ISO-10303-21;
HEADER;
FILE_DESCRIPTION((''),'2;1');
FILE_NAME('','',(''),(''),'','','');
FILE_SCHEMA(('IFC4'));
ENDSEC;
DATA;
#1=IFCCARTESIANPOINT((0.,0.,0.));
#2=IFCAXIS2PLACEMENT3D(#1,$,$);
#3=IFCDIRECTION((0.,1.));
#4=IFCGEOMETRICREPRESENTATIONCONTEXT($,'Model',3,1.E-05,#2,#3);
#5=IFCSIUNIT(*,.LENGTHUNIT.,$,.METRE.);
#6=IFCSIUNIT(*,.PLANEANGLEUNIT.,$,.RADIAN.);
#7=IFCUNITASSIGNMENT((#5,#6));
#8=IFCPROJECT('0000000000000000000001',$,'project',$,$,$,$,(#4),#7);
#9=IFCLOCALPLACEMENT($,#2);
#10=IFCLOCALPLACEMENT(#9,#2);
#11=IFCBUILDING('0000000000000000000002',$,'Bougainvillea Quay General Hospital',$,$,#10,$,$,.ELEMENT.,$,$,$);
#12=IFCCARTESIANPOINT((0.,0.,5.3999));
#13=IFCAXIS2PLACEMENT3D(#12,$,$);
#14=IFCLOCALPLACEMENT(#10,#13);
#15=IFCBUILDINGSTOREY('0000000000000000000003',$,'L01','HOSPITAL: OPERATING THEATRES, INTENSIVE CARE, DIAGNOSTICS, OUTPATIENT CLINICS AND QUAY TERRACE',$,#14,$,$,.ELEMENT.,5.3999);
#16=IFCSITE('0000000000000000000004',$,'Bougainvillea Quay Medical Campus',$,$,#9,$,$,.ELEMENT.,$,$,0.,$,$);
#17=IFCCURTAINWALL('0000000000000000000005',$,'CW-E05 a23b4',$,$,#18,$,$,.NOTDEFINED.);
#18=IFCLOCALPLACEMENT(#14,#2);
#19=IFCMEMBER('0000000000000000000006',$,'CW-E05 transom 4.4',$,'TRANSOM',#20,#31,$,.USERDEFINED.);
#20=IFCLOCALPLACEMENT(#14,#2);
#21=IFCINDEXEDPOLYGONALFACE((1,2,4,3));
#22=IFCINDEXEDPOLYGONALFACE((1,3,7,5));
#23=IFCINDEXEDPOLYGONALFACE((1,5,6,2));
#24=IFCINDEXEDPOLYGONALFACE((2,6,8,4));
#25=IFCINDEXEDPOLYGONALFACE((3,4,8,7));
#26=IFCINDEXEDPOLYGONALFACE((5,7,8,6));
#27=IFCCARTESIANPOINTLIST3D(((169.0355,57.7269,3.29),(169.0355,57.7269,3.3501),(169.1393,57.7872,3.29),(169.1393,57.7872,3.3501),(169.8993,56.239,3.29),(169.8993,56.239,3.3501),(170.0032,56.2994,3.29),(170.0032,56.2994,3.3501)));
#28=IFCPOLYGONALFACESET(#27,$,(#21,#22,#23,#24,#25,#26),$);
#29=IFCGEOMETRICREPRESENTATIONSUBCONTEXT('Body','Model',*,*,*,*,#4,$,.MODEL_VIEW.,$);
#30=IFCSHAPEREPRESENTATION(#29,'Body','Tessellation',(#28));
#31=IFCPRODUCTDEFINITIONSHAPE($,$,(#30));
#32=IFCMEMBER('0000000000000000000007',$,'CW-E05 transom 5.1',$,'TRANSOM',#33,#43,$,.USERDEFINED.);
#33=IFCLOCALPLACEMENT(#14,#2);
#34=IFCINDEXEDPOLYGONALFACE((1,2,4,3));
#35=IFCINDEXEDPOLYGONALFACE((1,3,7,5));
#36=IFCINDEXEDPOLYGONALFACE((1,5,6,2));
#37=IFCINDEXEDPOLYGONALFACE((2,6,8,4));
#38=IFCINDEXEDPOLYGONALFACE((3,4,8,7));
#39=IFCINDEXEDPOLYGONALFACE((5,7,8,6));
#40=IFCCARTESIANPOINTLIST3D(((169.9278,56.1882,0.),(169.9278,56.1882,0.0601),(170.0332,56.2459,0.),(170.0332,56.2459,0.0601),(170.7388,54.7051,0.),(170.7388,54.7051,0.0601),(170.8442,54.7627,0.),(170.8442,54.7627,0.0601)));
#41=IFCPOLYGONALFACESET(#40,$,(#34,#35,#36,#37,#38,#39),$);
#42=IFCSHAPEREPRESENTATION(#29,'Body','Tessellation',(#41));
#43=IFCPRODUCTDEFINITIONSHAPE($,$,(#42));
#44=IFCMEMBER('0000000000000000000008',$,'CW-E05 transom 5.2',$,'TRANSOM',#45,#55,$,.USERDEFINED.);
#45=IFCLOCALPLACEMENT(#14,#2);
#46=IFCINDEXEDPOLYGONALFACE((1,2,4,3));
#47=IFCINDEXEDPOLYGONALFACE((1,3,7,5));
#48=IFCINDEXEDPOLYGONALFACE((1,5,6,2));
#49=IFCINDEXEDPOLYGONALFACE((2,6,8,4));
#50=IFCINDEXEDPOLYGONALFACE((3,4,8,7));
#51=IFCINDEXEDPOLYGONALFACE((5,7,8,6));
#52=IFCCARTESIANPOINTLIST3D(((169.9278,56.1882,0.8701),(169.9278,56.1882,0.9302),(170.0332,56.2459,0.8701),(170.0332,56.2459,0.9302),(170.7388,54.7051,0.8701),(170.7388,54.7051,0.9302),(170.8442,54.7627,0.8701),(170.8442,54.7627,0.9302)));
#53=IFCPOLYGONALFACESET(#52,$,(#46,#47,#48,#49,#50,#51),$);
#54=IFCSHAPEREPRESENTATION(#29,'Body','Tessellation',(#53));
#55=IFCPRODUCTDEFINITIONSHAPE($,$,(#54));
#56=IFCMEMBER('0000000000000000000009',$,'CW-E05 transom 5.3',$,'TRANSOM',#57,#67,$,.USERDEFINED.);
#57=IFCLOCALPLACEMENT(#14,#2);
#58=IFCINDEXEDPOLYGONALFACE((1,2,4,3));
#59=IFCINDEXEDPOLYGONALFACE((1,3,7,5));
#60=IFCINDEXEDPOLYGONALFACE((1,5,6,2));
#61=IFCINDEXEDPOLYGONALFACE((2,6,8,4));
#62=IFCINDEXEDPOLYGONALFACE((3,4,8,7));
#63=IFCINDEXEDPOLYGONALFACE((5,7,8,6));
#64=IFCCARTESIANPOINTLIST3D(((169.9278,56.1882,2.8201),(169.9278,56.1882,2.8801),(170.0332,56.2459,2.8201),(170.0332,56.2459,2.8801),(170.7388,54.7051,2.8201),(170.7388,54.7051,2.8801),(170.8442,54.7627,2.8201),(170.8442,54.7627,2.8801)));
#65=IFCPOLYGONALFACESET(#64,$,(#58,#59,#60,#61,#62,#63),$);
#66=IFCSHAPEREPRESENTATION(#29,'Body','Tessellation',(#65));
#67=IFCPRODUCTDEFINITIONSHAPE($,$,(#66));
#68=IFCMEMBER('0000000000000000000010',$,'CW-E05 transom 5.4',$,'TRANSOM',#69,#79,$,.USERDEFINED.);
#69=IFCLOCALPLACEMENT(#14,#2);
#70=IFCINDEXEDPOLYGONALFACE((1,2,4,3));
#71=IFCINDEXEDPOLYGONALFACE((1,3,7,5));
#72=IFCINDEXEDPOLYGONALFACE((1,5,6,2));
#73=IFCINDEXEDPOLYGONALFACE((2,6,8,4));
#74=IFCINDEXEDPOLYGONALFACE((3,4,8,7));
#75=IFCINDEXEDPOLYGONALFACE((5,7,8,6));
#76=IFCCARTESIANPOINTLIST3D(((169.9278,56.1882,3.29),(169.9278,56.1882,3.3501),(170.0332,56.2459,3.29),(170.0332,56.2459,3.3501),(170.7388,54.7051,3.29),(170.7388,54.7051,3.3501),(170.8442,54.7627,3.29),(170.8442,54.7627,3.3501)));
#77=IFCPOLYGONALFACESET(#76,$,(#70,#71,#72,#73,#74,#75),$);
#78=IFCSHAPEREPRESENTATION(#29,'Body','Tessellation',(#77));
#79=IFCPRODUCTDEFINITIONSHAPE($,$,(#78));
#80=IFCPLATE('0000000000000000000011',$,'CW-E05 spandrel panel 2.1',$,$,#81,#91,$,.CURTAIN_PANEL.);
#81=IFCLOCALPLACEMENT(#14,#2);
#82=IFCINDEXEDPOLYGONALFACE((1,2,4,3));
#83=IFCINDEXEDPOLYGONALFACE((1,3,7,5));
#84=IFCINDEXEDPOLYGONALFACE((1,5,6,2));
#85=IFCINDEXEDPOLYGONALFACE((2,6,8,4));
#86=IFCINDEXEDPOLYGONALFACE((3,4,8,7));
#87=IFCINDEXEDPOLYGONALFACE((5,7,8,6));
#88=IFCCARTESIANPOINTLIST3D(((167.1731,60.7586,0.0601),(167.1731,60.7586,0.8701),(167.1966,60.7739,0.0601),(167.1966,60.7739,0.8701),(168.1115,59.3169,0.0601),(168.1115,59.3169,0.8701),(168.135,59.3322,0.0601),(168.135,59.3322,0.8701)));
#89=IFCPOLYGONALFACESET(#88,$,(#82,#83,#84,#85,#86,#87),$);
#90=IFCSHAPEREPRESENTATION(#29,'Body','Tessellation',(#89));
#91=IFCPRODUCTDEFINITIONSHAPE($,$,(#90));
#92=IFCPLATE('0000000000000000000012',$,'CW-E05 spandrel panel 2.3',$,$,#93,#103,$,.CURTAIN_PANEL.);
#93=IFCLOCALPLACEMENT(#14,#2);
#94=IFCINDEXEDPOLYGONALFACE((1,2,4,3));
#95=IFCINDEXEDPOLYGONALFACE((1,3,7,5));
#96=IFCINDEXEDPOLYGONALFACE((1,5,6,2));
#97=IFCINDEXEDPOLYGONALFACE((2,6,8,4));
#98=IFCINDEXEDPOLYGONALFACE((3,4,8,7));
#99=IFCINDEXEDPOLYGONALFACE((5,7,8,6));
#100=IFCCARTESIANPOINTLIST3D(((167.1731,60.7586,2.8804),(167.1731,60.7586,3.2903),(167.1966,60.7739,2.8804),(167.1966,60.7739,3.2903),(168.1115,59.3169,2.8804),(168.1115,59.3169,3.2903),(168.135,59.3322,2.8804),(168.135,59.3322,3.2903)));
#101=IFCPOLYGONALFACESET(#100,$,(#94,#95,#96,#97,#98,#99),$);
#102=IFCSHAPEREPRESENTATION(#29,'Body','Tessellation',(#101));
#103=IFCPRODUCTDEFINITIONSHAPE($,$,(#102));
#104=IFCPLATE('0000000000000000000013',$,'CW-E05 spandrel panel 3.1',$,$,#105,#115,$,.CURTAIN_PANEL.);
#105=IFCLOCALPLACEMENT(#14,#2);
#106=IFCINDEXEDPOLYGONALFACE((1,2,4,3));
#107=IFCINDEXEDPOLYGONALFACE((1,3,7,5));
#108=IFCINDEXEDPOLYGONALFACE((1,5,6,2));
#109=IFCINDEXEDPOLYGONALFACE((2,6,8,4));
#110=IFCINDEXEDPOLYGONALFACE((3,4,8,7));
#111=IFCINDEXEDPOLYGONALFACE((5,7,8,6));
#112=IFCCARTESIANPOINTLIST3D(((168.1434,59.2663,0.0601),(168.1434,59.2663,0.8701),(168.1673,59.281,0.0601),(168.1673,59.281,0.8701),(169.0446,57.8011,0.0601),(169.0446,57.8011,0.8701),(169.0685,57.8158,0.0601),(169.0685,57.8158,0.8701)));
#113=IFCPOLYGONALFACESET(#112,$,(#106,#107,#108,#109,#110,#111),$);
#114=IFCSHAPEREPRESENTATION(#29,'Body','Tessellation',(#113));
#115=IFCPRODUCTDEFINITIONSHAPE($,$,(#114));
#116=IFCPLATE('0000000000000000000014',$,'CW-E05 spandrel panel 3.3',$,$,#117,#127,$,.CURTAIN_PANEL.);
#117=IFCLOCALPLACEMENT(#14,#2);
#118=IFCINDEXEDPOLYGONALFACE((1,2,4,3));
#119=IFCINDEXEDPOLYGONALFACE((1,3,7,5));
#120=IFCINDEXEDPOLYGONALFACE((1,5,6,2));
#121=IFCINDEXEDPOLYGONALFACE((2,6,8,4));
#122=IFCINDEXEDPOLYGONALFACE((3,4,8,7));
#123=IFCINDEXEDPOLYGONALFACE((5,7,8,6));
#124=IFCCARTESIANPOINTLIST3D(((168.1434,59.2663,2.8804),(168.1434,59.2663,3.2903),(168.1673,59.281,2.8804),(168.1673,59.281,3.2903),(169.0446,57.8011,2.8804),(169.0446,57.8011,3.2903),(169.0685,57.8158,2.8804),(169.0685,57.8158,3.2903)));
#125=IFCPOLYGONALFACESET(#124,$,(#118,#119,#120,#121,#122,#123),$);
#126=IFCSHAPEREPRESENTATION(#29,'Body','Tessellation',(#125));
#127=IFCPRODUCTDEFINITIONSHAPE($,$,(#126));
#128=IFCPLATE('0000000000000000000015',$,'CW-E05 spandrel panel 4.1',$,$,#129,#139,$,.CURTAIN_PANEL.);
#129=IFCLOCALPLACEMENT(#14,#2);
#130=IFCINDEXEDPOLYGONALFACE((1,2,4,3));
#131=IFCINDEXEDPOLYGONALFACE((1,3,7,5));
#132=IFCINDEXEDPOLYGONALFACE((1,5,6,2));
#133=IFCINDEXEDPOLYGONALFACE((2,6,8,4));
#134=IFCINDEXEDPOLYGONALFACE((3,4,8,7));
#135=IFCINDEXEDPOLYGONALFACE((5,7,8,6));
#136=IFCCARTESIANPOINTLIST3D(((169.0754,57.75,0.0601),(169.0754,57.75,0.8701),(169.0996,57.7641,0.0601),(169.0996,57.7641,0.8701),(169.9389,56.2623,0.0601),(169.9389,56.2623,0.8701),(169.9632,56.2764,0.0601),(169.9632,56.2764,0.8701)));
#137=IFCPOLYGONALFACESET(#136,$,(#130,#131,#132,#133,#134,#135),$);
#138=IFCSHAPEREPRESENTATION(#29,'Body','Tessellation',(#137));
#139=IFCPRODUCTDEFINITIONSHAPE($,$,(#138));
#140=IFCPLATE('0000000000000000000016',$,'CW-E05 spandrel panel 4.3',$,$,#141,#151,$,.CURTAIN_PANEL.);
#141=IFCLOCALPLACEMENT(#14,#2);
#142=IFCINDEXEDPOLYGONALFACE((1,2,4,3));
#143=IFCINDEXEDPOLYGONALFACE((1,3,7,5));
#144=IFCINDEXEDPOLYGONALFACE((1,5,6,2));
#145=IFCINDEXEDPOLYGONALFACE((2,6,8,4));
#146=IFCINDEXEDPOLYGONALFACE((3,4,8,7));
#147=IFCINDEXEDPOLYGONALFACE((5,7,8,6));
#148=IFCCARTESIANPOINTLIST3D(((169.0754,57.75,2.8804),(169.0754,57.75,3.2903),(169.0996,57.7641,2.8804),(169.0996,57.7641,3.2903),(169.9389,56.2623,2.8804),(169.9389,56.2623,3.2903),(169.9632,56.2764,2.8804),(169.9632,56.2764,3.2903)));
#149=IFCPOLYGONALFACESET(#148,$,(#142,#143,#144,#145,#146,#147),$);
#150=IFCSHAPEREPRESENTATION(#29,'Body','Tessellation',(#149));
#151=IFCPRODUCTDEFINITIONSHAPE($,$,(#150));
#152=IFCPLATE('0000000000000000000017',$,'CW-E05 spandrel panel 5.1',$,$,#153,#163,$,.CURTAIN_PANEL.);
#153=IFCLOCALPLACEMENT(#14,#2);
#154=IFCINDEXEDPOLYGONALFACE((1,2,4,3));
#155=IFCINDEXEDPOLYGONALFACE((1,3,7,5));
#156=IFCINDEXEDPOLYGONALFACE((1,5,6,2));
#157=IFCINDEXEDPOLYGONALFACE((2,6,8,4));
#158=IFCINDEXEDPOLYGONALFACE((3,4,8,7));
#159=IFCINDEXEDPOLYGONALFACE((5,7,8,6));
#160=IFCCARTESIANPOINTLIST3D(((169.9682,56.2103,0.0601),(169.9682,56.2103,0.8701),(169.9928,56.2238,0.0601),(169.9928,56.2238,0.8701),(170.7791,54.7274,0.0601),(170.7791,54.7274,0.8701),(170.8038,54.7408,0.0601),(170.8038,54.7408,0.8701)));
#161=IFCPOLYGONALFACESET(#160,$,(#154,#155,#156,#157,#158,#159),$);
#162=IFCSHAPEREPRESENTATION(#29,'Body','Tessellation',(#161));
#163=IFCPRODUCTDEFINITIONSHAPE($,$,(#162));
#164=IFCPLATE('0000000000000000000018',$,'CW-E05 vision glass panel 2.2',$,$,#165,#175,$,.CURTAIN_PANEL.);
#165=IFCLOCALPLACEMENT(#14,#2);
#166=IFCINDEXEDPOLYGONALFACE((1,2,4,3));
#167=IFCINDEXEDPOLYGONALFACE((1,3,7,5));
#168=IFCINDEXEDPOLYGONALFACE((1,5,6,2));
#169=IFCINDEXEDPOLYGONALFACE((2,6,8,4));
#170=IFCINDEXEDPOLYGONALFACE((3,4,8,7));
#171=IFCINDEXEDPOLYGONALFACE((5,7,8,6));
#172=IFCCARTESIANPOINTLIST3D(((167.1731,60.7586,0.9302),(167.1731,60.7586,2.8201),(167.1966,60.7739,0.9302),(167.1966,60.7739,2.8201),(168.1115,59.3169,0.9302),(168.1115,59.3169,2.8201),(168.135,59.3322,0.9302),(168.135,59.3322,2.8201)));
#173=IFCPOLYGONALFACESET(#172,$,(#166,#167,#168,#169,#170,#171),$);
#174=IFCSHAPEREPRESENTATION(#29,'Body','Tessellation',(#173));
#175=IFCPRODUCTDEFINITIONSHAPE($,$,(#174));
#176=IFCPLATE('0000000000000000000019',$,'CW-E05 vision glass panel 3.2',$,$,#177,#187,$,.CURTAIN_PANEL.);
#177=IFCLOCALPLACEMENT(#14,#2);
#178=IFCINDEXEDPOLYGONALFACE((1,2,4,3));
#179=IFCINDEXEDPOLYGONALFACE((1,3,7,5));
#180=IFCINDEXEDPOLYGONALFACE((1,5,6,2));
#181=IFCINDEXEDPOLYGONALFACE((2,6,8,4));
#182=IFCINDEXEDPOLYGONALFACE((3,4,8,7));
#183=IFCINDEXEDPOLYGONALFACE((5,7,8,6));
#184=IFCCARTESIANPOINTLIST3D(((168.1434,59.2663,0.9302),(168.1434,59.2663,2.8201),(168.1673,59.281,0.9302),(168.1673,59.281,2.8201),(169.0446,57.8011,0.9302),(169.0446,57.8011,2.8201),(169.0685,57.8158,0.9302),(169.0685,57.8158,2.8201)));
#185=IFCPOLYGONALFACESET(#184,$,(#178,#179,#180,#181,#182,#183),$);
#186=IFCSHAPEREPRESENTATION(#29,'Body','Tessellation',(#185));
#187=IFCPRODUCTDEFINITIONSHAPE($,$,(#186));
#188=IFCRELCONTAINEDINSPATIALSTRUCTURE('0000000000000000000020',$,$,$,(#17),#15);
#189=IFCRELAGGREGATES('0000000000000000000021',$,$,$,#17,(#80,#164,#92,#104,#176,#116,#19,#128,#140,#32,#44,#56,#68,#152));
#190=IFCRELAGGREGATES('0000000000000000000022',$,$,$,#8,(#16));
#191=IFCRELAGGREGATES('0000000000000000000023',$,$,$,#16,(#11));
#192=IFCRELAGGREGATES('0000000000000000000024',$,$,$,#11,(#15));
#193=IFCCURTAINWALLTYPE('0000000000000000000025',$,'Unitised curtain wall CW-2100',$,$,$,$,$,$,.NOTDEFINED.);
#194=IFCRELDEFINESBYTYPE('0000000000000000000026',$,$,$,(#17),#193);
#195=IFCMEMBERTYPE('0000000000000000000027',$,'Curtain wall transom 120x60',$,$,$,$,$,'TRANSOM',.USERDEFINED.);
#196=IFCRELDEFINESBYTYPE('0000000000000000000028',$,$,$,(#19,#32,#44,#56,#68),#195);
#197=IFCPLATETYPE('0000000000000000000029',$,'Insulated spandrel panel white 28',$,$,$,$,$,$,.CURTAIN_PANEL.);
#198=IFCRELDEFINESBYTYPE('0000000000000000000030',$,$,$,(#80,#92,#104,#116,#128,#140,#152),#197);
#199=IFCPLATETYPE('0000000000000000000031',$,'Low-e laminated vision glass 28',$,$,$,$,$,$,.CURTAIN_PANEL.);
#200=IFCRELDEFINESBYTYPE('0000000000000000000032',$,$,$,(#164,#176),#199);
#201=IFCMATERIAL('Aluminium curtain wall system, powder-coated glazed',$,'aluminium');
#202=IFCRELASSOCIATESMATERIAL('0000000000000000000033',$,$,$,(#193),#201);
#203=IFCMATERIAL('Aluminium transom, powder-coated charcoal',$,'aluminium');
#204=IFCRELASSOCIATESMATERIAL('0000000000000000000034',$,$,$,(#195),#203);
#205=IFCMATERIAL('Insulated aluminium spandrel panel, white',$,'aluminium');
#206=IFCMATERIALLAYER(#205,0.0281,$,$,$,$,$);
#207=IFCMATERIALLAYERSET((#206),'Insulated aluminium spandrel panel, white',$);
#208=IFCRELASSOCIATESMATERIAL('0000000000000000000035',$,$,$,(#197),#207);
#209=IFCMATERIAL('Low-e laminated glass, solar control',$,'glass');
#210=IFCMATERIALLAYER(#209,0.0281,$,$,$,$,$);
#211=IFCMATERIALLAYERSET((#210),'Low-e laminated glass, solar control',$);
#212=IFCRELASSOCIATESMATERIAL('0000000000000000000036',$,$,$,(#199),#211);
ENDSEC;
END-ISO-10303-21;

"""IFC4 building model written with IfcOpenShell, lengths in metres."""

from ifc_helpers import new_model, si_unit, direction, frame, origin, origin_2d, place, context, subcontext, project, spatial, rectangle, extrude, material, layer, layer_set, material_profile, profile_set, type_object, element, aggregate, save


model = new_model("IFC4")

# Units and contexts
model_context = context("Model", 3, precision=1e-05, world=origin(), true_north=direction((0.0, 1.0)))
body_context = subcontext(model_context, "Body", "Model", "MODEL_VIEW")
ifc_project = project(units=[si_unit("LENGTHUNIT", "METRE"), si_unit("PLANEANGLEUNIT", "RADIAN")], contexts=[model_context])

# Site, building, storey
site_placement = place(None, origin())
site = spatial("IfcSite", under=ifc_project, at=site_placement, Name="Bougainvillea Quay Medical Campus", CompositionType="ELEMENT", RefElevation=0.0)
building_placement = place(site_placement, origin())
building = spatial("IfcBuilding", under=site, at=building_placement, Name="Bougainvillea Quay General Hospital", CompositionType="ELEMENT")
storey_placement = place(building_placement, frame((0.0, 0.0, 5.3999)))
storey = spatial("IfcBuildingStorey", under=building, at=storey_placement, Name="L01", Description="HOSPITAL: OPERATING THEATRES, INTENSIVE CARE, DIAGNOSTICS, OUTPATIENT CLINICS AND QUAY TERRACE", CompositionType="ELEMENT", Elevation=5.3999)

# Curtain wall, members, plates
ifc_material_1 = material(Name="Aluminium curtain wall system, powder-coated glazed", Category="aluminium")
curtain_wall_type = type_object("IfcCurtainWallType", Name="Unitised curtain wall CW-2100", PredefinedType="NOTDEFINED", material=ifc_material_1)
curtain_wall_placement = place(storey_placement, origin())
curtain_wall = element("IfcCurtainWall", 1, at=curtain_wall_placement, inside=storey, type_object=curtain_wall_type, Name="CW-E05 a23b4", PredefinedType="NOTDEFINED")
ifc_material_2 = material(Name="Aluminium transom, powder-coated charcoal", Category="aluminium")
ifc_material_profile_1 = material_profile(ifc_material_2, rectangle(XDim=0.1201, YDim=0.0601, at=origin_2d()))
ifc_profile_set_1 = profile_set([ifc_material_profile_1], Name="Aluminium transom, powder-coated charcoal")
member_type_1 = type_object("IfcMemberType", Name="Curtain wall transom 120x60", ElementType="TRANSOM", PredefinedType="USERDEFINED", material=ifc_profile_set_1)
member_1_placement = place(storey_placement, frame((169.0874, 57.7571, 3.3201), z_axis=(0.502088, -0.864817, 0.0), x_axis=(0.864817, 0.502088, 0.0)))
member_1 = element("IfcMember", 2, at=member_1_placement, type_object=member_type_1, Name="CW-E05 transom 4.4", ObjectType="TRANSOM", PredefinedType="USERDEFINED", context=body_context, shape_type="SweptSolid", body=[
    extrude(rectangle(XDim=0.1201, YDim=0.0601, at=origin_2d()), origin(), (0.0, 0.0, 1.0), 1.7205),
])
member_2_placement = place(storey_placement, frame((169.9805, 56.217, 0.03), z_axis=(0.479783, -0.877387, 0.0), x_axis=(0.877387, 0.479783, 0.0)))
member_2 = element("IfcMember", 3, at=member_2_placement, type_object=member_type_1, Name="CW-E05 transom 5.1", ObjectType="TRANSOM", PredefinedType="USERDEFINED", context=body_context, shape_type="SweptSolid", body=[
    extrude(rectangle(XDim=0.1201, YDim=0.0601, at=origin_2d()), origin(), (0.0, 0.0, 1.0), 1.6904),
])
member_3_placement = place(storey_placement, frame((169.9805, 56.217, 0.9001), z_axis=(0.479783, -0.877387, 0.0), x_axis=(0.877387, 0.479783, 0.0)))
member_3 = element("IfcMember", 4, at=member_3_placement, type_object=member_type_1, Name="CW-E05 transom 5.2", ObjectType="TRANSOM", PredefinedType="USERDEFINED", context=body_context, shape_type="SweptSolid", body=[
    extrude(rectangle(XDim=0.1201, YDim=0.0601, at=origin_2d()), origin(), (0.0, 0.0, 1.0), 1.6904),
])
member_4_placement = place(storey_placement, frame((169.9805, 56.217, 2.8501), z_axis=(0.479783, -0.877387, 0.0), x_axis=(0.877387, 0.479783, 0.0)))
member_4 = element("IfcMember", 5, at=member_4_placement, type_object=member_type_1, Name="CW-E05 transom 5.3", ObjectType="TRANSOM", PredefinedType="USERDEFINED", context=body_context, shape_type="SweptSolid", body=[
    extrude(rectangle(XDim=0.1201, YDim=0.0601, at=origin_2d()), origin(), (0.0, 0.0, 1.0), 1.6904),
])
member_5_placement = place(storey_placement, frame((169.9805, 56.217, 3.3201), z_axis=(0.479783, -0.877387, 0.0), x_axis=(0.877387, 0.479783, 0.0)))
member_5 = element("IfcMember", 6, at=member_5_placement, type_object=member_type_1, Name="CW-E05 transom 5.4", ObjectType="TRANSOM", PredefinedType="USERDEFINED", context=body_context, shape_type="SweptSolid", body=[
    extrude(rectangle(XDim=0.1201, YDim=0.0601, at=origin_2d()), origin(), (0.0, 0.0, 1.0), 1.6904),
])
ifc_material_3 = material(Name="Insulated aluminium spandrel panel, white", Category="aluminium")
ifc_layer_1 = layer(ifc_material_3, 0.0281)
ifc_layer_set_1 = layer_set([ifc_layer_1], Name="Insulated aluminium spandrel panel, white")
plate_type_1 = type_object("IfcPlateType", Name="Insulated spandrel panel white 28", PredefinedType="CURTAIN_PANEL", material=ifc_layer_set_1)
plate_1_placement = place(storey_placement, frame((167.6541, 60.0454, 0.0601), z_axis=(0.0, 0.0, 1.0), x_axis=(0.545494, -0.838115, 0.0)))
plate_1 = element("IfcPlate", 7, at=plate_1_placement, type_object=plate_type_1, Name="CW-E05 spandrel panel 2.1", PredefinedType="CURTAIN_PANEL", context=body_context, shape_type="SweptSolid", body=[
    extrude(rectangle(XDim=1.7202, YDim=0.0281, at=origin_2d()), origin(), (0.0, 0.0, 1.0), 0.8101),
])
plate_2_placement = place(storey_placement, frame((167.6541, 60.0454, 2.8804), z_axis=(0.0, 0.0, 1.0), x_axis=(0.545494, -0.838115, 0.0)))
plate_2 = element("IfcPlate", 8, at=plate_2_placement, type_object=plate_type_1, Name="CW-E05 spandrel panel 2.3", PredefinedType="CURTAIN_PANEL", context=body_context, shape_type="SweptSolid", body=[
    extrude(rectangle(XDim=1.7202, YDim=0.0281, at=origin_2d()), origin(), (0.0, 0.0, 1.0), 0.4099),
])
plate_3_placement = place(storey_placement, frame((168.606, 58.541, 0.0601), z_axis=(0.0, 0.0, 1.0), x_axis=(0.523926, -0.851764, 0.0)))
plate_3 = element("IfcPlate", 9, at=plate_3_placement, type_object=plate_type_1, Name="CW-E05 spandrel panel 3.1", PredefinedType="CURTAIN_PANEL", context=body_context, shape_type="SweptSolid", body=[
    extrude(rectangle(XDim=1.7202, YDim=0.0281, at=origin_2d()), origin(), (0.0, 0.0, 1.0), 0.8101),
])
plate_4_placement = place(storey_placement, frame((168.606, 58.541, 2.8804), z_axis=(0.0, 0.0, 1.0), x_axis=(0.523926, -0.851764, 0.0)))
plate_4 = element("IfcPlate", 10, at=plate_4_placement, type_object=plate_type_1, Name="CW-E05 spandrel panel 3.3", PredefinedType="CURTAIN_PANEL", context=body_context, shape_type="SweptSolid", body=[
    extrude(rectangle(XDim=1.7202, YDim=0.0281, at=origin_2d()), origin(), (0.0, 0.0, 1.0), 0.4099),
])
plate_5_placement = place(storey_placement, frame((169.5193, 57.0132, 0.0601), z_axis=(0.0, 0.0, 1.0), x_axis=(0.502018, -0.864857, 0.0)))
plate_5 = element("IfcPlate", 11, at=plate_5_placement, type_object=plate_type_1, Name="CW-E05 spandrel panel 4.1", PredefinedType="CURTAIN_PANEL", context=body_context, shape_type="SweptSolid", body=[
    extrude(rectangle(XDim=1.7202, YDim=0.0281, at=origin_2d()), origin(), (0.0, 0.0, 1.0), 0.8101),
])
plate_6_placement = place(storey_placement, frame((169.5193, 57.0132, 2.8804), z_axis=(0.0, 0.0, 1.0), x_axis=(0.502018, -0.864857, 0.0)))
plate_6 = element("IfcPlate", 12, at=plate_6_placement, type_object=plate_type_1, Name="CW-E05 spandrel panel 4.3", PredefinedType="CURTAIN_PANEL", context=body_context, shape_type="SweptSolid", body=[
    extrude(rectangle(XDim=1.7202, YDim=0.0281, at=origin_2d()), origin(), (0.0, 0.0, 1.0), 0.4099),
])
plate_7_placement = place(storey_placement, frame((170.386, 55.4756, 0.0601), z_axis=(0.0, 0.0, 1.0), x_axis=(0.479783, -0.877387, 0.0)))
plate_7 = element("IfcPlate", 13, at=plate_7_placement, type_object=plate_type_1, Name="CW-E05 spandrel panel 5.1", PredefinedType="CURTAIN_PANEL", context=body_context, shape_type="SweptSolid", body=[
    extrude(rectangle(XDim=1.6902, YDim=0.0281, at=origin_2d()), origin(), (0.0, 0.0, 1.0), 0.8101),
])
ifc_material_4 = material(Name="Low-e laminated glass, solar control", Category="glass")
ifc_layer_2 = layer(ifc_material_4, 0.0281)
ifc_layer_set_2 = layer_set([ifc_layer_2], Name="Low-e laminated glass, solar control")
plate_type_2 = type_object("IfcPlateType", Name="Low-e laminated vision glass 28", PredefinedType="CURTAIN_PANEL", material=ifc_layer_set_2)
plate_8_placement = place(storey_placement, frame((167.6541, 60.0454, 0.9302), z_axis=(0.0, 0.0, 1.0), x_axis=(0.545494, -0.838115, 0.0)))
plate_8 = element("IfcPlate", 14, at=plate_8_placement, type_object=plate_type_2, Name="CW-E05 vision glass panel 2.2", PredefinedType="CURTAIN_PANEL", context=body_context, shape_type="SweptSolid", body=[
    extrude(rectangle(XDim=1.7202, YDim=0.0281, at=origin_2d()), origin(), (0.0, 0.0, 1.0), 1.8899),
])
plate_9_placement = place(storey_placement, frame((168.606, 58.541, 0.9302), z_axis=(0.0, 0.0, 1.0), x_axis=(0.523926, -0.851764, 0.0)))
plate_9 = element("IfcPlate", 15, at=plate_9_placement, type_object=plate_type_2, Name="CW-E05 vision glass panel 3.2", PredefinedType="CURTAIN_PANEL", context=body_context, shape_type="SweptSolid", body=[
    extrude(rectangle(XDim=1.7202, YDim=0.0281, at=origin_2d()), origin(), (0.0, 0.0, 1.0), 1.8899),
])
aggregate(curtain_wall, [plate_1, plate_8, plate_2, plate_3, plate_9, plate_4, member_1, plate_5, plate_6, member_2, member_3, member_4, member_5, plate_7])

save(model, "model.ifc")
